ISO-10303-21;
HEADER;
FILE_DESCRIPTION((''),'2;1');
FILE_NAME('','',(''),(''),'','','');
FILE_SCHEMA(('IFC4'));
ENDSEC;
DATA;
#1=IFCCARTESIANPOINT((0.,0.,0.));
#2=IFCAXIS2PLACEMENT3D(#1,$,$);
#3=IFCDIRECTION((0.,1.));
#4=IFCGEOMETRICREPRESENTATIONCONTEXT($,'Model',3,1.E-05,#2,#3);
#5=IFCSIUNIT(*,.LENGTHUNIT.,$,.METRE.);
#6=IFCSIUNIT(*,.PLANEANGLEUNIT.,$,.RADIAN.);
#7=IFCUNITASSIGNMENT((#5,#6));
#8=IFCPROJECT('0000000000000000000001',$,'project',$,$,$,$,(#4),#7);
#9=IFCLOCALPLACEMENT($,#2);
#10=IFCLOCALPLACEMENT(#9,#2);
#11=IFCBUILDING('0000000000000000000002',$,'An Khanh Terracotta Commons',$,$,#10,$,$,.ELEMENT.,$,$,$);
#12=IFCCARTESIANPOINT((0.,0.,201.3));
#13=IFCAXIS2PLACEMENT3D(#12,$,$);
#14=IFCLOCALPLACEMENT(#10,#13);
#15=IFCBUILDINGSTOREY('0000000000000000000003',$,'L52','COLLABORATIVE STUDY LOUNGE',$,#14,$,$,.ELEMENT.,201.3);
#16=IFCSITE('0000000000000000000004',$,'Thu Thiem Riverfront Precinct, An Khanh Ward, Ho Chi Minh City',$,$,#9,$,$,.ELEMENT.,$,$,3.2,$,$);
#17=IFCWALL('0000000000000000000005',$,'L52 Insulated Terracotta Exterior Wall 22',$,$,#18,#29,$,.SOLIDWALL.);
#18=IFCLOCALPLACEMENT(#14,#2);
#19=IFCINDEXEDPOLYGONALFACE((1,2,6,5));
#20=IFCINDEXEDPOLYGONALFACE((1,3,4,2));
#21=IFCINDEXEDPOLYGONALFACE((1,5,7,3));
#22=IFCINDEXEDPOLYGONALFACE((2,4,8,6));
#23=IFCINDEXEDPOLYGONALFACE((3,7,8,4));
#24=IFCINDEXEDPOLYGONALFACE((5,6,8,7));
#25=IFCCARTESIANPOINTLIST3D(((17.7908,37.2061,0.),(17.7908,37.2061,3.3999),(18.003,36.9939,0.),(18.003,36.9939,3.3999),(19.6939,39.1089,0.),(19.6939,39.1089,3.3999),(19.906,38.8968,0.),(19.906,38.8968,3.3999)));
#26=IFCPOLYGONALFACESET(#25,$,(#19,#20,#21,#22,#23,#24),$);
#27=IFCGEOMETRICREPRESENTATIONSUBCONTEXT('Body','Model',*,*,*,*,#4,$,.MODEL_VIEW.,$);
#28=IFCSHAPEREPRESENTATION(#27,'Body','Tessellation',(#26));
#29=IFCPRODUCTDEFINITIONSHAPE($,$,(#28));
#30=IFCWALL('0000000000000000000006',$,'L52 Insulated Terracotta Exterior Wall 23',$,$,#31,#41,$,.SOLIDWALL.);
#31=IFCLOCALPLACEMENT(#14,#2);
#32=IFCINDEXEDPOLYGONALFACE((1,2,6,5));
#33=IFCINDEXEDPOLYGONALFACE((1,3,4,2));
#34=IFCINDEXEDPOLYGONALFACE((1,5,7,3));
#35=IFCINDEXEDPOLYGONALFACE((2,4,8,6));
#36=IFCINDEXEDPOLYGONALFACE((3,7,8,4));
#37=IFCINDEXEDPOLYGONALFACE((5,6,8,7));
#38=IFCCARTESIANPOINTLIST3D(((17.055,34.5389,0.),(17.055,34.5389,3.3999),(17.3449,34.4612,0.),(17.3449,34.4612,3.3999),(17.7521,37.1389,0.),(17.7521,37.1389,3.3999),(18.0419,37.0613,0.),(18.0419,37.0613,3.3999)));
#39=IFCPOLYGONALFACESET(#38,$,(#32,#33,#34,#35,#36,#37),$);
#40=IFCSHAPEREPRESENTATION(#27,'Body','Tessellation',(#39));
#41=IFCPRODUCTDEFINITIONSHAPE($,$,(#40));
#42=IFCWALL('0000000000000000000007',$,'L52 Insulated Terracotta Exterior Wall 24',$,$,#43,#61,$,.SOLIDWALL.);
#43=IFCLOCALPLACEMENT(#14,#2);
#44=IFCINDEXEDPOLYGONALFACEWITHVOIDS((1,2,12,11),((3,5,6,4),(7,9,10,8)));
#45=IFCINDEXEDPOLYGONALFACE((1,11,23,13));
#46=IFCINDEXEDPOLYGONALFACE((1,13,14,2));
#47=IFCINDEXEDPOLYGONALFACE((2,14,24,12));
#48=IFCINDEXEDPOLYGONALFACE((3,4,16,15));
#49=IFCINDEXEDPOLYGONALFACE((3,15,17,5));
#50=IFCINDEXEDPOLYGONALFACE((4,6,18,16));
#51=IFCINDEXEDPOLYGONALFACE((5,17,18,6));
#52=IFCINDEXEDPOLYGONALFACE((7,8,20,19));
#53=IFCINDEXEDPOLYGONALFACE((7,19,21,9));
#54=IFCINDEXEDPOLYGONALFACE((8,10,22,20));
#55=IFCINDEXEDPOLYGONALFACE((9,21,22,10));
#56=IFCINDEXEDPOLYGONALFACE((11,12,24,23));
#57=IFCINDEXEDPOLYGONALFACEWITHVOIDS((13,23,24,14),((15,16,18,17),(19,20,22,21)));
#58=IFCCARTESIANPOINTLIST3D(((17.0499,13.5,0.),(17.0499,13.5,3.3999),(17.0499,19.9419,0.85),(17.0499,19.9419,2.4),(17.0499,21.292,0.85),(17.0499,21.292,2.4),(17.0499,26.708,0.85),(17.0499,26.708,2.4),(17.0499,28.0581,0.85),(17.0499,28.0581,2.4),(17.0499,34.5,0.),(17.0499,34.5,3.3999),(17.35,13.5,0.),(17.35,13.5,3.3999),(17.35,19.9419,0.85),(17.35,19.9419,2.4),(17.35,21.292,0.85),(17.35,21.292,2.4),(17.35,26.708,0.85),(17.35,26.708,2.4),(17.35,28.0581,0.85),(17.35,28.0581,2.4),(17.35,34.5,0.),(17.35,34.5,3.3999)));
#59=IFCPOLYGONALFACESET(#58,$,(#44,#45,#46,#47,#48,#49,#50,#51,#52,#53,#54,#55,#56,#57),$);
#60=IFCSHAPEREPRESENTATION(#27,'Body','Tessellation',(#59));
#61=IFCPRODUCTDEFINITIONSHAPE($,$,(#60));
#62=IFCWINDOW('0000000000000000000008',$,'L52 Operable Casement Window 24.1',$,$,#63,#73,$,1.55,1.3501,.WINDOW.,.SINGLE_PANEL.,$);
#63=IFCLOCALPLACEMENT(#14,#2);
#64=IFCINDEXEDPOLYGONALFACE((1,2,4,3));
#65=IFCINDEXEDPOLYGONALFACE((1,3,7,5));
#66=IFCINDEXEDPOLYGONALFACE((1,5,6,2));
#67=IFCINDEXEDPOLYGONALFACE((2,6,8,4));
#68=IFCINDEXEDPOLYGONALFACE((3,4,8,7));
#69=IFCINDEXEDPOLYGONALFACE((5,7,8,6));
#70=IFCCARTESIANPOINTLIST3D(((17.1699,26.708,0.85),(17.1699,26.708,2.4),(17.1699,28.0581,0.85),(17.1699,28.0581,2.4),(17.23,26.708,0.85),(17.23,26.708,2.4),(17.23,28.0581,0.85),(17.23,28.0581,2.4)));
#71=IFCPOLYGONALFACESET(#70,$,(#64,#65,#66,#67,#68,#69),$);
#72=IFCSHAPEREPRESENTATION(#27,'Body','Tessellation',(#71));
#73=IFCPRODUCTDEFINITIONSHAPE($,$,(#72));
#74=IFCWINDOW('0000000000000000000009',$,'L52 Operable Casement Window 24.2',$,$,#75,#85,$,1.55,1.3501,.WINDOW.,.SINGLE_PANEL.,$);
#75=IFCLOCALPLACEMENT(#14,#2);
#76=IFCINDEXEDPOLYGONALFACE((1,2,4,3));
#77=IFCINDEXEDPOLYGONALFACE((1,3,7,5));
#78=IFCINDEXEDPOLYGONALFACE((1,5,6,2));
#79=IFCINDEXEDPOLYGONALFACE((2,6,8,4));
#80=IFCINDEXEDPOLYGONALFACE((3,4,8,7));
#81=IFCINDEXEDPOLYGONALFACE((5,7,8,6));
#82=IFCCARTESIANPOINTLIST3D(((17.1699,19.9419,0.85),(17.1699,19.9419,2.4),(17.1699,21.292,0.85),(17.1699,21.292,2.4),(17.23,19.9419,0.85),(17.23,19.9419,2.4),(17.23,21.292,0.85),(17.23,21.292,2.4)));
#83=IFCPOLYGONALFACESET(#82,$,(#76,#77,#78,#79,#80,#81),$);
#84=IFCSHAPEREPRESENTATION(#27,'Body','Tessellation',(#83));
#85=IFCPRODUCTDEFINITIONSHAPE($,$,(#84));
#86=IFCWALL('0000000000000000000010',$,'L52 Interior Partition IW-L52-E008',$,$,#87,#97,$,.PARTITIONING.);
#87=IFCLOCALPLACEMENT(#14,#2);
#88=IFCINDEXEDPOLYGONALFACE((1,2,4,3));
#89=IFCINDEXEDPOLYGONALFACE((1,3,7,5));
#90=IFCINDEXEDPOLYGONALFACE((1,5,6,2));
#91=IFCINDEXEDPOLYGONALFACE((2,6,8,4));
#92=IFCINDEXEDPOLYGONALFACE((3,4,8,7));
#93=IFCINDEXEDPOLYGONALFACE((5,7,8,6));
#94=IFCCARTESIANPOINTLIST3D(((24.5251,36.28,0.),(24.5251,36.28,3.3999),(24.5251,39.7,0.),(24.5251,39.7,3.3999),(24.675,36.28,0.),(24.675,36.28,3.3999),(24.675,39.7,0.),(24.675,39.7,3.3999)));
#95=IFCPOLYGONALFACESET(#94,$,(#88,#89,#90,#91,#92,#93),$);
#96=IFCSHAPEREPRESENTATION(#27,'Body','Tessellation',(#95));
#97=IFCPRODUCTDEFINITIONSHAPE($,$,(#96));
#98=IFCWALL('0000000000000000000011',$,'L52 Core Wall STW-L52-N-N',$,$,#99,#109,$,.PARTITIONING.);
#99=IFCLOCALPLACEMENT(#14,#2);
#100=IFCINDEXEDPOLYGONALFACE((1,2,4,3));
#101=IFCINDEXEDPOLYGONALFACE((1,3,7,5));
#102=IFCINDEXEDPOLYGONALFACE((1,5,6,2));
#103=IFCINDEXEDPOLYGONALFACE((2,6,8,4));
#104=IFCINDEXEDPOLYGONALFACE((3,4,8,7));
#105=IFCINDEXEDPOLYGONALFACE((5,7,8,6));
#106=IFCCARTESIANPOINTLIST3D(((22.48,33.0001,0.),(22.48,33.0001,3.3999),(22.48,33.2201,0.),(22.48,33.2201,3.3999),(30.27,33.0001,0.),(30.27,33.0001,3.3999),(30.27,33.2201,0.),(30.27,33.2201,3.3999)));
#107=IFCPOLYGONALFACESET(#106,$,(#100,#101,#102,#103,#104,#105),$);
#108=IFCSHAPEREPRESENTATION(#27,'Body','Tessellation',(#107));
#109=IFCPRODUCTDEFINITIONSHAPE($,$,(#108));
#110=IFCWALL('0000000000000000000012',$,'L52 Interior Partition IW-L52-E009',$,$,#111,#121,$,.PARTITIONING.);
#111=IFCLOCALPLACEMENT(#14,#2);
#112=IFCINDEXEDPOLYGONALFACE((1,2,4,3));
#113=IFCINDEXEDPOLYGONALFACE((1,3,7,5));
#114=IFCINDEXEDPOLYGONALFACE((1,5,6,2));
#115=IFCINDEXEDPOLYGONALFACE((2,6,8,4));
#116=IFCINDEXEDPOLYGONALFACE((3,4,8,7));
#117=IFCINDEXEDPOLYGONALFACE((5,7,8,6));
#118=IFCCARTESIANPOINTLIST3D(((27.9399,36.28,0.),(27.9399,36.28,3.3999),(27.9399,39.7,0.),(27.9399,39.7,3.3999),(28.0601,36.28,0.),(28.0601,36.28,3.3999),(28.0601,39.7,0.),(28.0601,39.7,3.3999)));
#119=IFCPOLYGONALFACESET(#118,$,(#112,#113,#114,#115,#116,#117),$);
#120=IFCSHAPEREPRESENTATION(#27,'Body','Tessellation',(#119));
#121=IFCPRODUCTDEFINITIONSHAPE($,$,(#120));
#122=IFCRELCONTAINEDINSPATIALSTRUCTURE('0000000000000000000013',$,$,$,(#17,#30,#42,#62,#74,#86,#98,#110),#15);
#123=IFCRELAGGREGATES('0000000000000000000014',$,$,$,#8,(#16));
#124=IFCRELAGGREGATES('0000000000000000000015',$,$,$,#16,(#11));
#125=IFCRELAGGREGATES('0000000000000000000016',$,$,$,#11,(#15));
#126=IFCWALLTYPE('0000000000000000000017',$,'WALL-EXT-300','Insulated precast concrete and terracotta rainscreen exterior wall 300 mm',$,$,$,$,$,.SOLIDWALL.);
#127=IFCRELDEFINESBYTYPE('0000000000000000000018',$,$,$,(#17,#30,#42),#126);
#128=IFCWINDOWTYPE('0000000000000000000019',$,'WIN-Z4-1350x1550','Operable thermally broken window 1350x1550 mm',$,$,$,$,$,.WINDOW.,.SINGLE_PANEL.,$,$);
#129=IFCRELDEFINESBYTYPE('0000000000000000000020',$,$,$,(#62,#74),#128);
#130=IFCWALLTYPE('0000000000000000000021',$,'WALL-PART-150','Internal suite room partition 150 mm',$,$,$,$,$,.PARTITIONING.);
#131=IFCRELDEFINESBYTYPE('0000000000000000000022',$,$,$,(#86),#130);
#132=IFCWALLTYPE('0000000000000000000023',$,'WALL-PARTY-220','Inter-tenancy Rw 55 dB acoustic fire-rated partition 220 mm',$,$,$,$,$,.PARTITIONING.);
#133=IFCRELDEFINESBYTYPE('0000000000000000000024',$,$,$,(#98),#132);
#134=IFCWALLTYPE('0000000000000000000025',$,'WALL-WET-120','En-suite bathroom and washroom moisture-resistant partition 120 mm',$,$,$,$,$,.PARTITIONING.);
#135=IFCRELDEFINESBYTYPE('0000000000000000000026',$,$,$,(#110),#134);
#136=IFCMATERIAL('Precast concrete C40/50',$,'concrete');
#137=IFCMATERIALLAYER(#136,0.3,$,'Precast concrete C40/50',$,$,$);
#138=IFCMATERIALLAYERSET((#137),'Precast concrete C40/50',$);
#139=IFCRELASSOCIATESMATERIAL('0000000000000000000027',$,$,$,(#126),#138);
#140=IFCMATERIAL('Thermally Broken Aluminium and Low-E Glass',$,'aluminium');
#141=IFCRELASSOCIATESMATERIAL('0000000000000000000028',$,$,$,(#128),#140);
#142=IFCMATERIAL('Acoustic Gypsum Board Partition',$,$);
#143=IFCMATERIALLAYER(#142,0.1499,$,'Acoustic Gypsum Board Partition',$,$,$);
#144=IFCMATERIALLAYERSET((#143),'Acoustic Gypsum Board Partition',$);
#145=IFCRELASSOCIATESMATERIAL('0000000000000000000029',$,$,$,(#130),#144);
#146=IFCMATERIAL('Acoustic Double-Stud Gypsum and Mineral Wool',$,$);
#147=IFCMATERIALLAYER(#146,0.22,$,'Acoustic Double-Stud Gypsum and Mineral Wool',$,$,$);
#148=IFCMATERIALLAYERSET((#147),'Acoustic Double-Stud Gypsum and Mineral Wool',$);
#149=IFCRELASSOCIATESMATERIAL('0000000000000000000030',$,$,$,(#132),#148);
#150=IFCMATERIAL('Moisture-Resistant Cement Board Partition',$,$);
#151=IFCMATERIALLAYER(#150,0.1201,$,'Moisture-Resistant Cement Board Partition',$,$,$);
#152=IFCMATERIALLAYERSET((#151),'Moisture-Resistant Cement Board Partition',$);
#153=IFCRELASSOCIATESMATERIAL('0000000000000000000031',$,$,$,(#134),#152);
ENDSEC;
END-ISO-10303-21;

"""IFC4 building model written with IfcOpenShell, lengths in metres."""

from ifc_helpers import new_model, si_unit, direction, frame, frame_2d, origin, place, context, subcontext, project, spatial, rectangle, extrude, material, layer, layer_set, type_object, element, fill, save


model = new_model("IFC4")

# Units and contexts
model_context = context("Model", 3, precision=1e-05, world=origin(), true_north=direction((0.0, 1.0)))
body_context = subcontext(model_context, "Body", "Model", "MODEL_VIEW")
ifc_project = project(units=[si_unit("LENGTHUNIT", "METRE"), si_unit("PLANEANGLEUNIT", "RADIAN")], contexts=[model_context])

# Site, building, storey
site_placement = place(None, origin())
site = spatial("IfcSite", under=ifc_project, at=site_placement, Name="Thu Thiem Riverfront Precinct, An Khanh Ward, Ho Chi Minh City", CompositionType="ELEMENT", RefElevation=3.2)
building_placement = place(site_placement, origin())
building = spatial("IfcBuilding", under=site, at=building_placement, Name="An Khanh Terracotta Commons", CompositionType="ELEMENT")
storey_placement = place(building_placement, frame((0.0, 0.0, 201.3)))
storey = spatial("IfcBuildingStorey", under=building, at=storey_placement, Name="L52", Description="COLLABORATIVE STUDY LOUNGE", CompositionType="ELEMENT", Elevation=201.3)

# Walls
ifc_material_1 = material(Name="Precast concrete C40/50", Category="concrete")
ifc_layer_1 = layer(ifc_material_1, 0.3, Name="Precast concrete C40/50")
ifc_layer_set_1 = layer_set([ifc_layer_1], Name="Precast concrete C40/50")
wall_type_1 = type_object("IfcWallType", Name="WALL-EXT-300", Description="Insulated precast concrete and terracotta rainscreen exterior wall 300 mm", PredefinedType="SOLIDWALL", material=ifc_layer_set_1)
wall_1_placement = place(storey_placement, frame((19.8, 39.0029, 0.0), z_axis=(0.0, 0.0, 1.0), x_axis=(-0.707152, -0.707061, 0.0)))
element("IfcWall", 1, at=wall_1_placement, inside=storey, type_object=wall_type_1, Name="L52 Insulated Terracotta Exterior Wall 22", PredefinedType="SOLIDWALL", context=body_context, shape_type="SweptSolid", body=[
    extrude(rectangle(XDim=2.6912, YDim=0.3, at=frame_2d((1.3457, 0.0))), origin(), (0.0, 0.0, 1.0), 3.3999),
])
wall_2_placement = place(storey_placement, frame((17.897, 37.1001, 0.0), z_axis=(0.0, 0.0, 1.0), x_axis=(-0.258933, -0.965895, 0.0)))
element("IfcWall", 2, at=wall_2_placement, inside=storey, type_object=wall_type_1, Name="L52 Insulated Terracotta Exterior Wall 23", PredefinedType="SOLIDWALL", context=body_context, shape_type="SweptSolid", body=[
    extrude(rectangle(XDim=2.6919, YDim=0.3, at=frame_2d((1.3459, 0.0))), origin(), (0.0, 0.0, 1.0), 3.3999),
])

# Wall, openings, windows
wall_3_placement = place(storey_placement, frame((17.2, 34.5, 0.0), z_axis=(0.0, 0.0, 1.0), x_axis=(0.0, -1.0, 0.0)))
wall_3 = element("IfcWall", 3, at=wall_3_placement, inside=storey, type_object=wall_type_1, Name="L52 Insulated Terracotta Exterior Wall 24", PredefinedType="SOLIDWALL", context=body_context, shape_type="SweptSolid", body=[
    extrude(rectangle(XDim=21.0, YDim=0.3, at=frame_2d((10.5, 0.0))), origin(), (0.0, 0.0, 1.0), 3.3999),
])
opening_1_placement = place(wall_3_placement, frame((6.4419, 0.0, 0.8501)))
opening_1 = element("IfcOpeningElement", 4, at=opening_1_placement, cuts=wall_3, PredefinedType="OPENING", context=body_context, shape_type="SweptSolid", body=[
    extrude(rectangle(XDim=1.3501, YDim=1.55, at=frame_2d((0.675, 0.7749))), frame((0.0, 0.1599, 0.0), z_axis=(0.0, -1.0, 0.0), x_axis=(1.0, 0.0, 0.0)), (0.0, 0.0, 1.0), 0.3201),
])
opening_2_placement = place(wall_3_placement, frame((13.208, 0.0, 0.8501)))
opening_2 = element("IfcOpeningElement", 5, at=opening_2_placement, cuts=wall_3, PredefinedType="OPENING", context=body_context, shape_type="SweptSolid", body=[
    extrude(rectangle(XDim=1.3501, YDim=1.55, at=frame_2d((0.675, 0.7749))), frame((0.0, 0.1599, 0.0), z_axis=(0.0, -1.0, 0.0), x_axis=(1.0, 0.0, 0.0)), (0.0, 0.0, 1.0), 0.3201),
])
ifc_material_2 = material(Name="Thermally Broken Aluminium and Low-E Glass", Category="aluminium")
window_type = type_object("IfcWindowType", Name="WIN-Z4-1350x1550", Description="Operable thermally broken window 1350x1550 mm", PartitioningType="SINGLE_PANEL", PredefinedType="WINDOW", material=ifc_material_2)
window_1_placement = place(opening_1_placement, origin())
window_1 = element("IfcWindow", 6, at=window_1_placement, inside=storey, type_object=window_type, Name="L52 Operable Casement Window 24.1", OverallHeight=1.55, OverallWidth=1.3501, PartitioningType="SINGLE_PANEL", PredefinedType="WINDOW", context=body_context, shape_type="SweptSolid", body=[
    extrude(rectangle(XDim=1.3501, YDim=1.55, at=frame_2d((0.675, 0.7749))), frame((0.0, 0.03, 0.0), z_axis=(0.0, -1.0, 0.0), x_axis=(1.0, 0.0, 0.0)), (0.0, 0.0, 1.0), 0.0601),
])
fill(opening_1, window_1)
window_2_placement = place(opening_2_placement, origin())
window_2 = element("IfcWindow", 7, at=window_2_placement, inside=storey, type_object=window_type, Name="L52 Operable Casement Window 24.2", OverallHeight=1.55, OverallWidth=1.3501, PartitioningType="SINGLE_PANEL", PredefinedType="WINDOW", context=body_context, shape_type="SweptSolid", body=[
    extrude(rectangle(XDim=1.3501, YDim=1.55, at=frame_2d((0.675, 0.7749))), frame((0.0, 0.03, 0.0), z_axis=(0.0, -1.0, 0.0), x_axis=(1.0, 0.0, 0.0)), (0.0, 0.0, 1.0), 0.0601),
])
fill(opening_2, window_2)

# Walls
ifc_material_3 = material(Name="Acoustic Gypsum Board Partition")
ifc_layer_2 = layer(ifc_material_3, 0.1499, Name="Acoustic Gypsum Board Partition")
ifc_layer_set_2 = layer_set([ifc_layer_2], Name="Acoustic Gypsum Board Partition")
wall_type_2 = type_object("IfcWallType", Name="WALL-PART-150", Description="Internal suite room partition 150 mm", PredefinedType="PARTITIONING", material=ifc_layer_set_2)
wall_4_placement = place(storey_placement, frame((24.6001, 36.28, 0.0), z_axis=(0.0, 0.0, 1.0), x_axis=(0.0, 1.0, 0.0)))
element("IfcWall", 8, at=wall_4_placement, inside=storey, type_object=wall_type_2, Name="L52 Interior Partition IW-L52-E008", PredefinedType="PARTITIONING", context=body_context, shape_type="SweptSolid", body=[
    extrude(rectangle(XDim=3.4199, YDim=0.1499, at=frame_2d((1.71, 0.0))), origin(), (0.0, 0.0, 1.0), 3.3999),
])
ifc_material_4 = material(Name="Acoustic Double-Stud Gypsum and Mineral Wool")
ifc_layer_3 = layer(ifc_material_4, 0.22, Name="Acoustic Double-Stud Gypsum and Mineral Wool")
ifc_layer_set_3 = layer_set([ifc_layer_3], Name="Acoustic Double-Stud Gypsum and Mineral Wool")
wall_type_3 = type_object("IfcWallType", Name="WALL-PARTY-220", Description="Inter-tenancy Rw 55 dB acoustic fire-rated partition 220 mm", PredefinedType="PARTITIONING", material=ifc_layer_set_3)
wall_5_placement = place(storey_placement, frame((22.48, 33.1101, 0.0), z_axis=(0.0, 0.0, 1.0), x_axis=(1.0, 0.0, 0.0)))
element("IfcWall", 9, at=wall_5_placement, inside=storey, type_object=wall_type_3, Name="L52 Core Wall STW-L52-N-N", PredefinedType="PARTITIONING", context=body_context, shape_type="SweptSolid", body=[
    extrude(rectangle(XDim=7.79, YDim=0.22, at=frame_2d((3.895, 0.0))), origin(), (0.0, 0.0, 1.0), 3.3999),
])
ifc_material_5 = material(Name="Moisture-Resistant Cement Board Partition")
ifc_layer_4 = layer(ifc_material_5, 0.1201, Name="Moisture-Resistant Cement Board Partition")
ifc_layer_set_4 = layer_set([ifc_layer_4], Name="Moisture-Resistant Cement Board Partition")
wall_type_4 = type_object("IfcWallType", Name="WALL-WET-120", Description="En-suite bathroom and washroom moisture-resistant partition 120 mm", PredefinedType="PARTITIONING", material=ifc_layer_set_4)
wall_6_placement = place(storey_placement, frame((28.0, 36.28, 0.0), z_axis=(0.0, 0.0, 1.0), x_axis=(0.0, 1.0, 0.0)))
element("IfcWall", 10, at=wall_6_placement, inside=storey, type_object=wall_type_4, Name="L52 Interior Partition IW-L52-E009", PredefinedType="PARTITIONING", context=body_context, shape_type="SweptSolid", body=[
    extrude(rectangle(XDim=3.4199, YDim=0.1201, at=frame_2d((1.71, 0.0))), origin(), (0.0, 0.0, 1.0), 3.3999),
])

save(model, "model.ifc")
